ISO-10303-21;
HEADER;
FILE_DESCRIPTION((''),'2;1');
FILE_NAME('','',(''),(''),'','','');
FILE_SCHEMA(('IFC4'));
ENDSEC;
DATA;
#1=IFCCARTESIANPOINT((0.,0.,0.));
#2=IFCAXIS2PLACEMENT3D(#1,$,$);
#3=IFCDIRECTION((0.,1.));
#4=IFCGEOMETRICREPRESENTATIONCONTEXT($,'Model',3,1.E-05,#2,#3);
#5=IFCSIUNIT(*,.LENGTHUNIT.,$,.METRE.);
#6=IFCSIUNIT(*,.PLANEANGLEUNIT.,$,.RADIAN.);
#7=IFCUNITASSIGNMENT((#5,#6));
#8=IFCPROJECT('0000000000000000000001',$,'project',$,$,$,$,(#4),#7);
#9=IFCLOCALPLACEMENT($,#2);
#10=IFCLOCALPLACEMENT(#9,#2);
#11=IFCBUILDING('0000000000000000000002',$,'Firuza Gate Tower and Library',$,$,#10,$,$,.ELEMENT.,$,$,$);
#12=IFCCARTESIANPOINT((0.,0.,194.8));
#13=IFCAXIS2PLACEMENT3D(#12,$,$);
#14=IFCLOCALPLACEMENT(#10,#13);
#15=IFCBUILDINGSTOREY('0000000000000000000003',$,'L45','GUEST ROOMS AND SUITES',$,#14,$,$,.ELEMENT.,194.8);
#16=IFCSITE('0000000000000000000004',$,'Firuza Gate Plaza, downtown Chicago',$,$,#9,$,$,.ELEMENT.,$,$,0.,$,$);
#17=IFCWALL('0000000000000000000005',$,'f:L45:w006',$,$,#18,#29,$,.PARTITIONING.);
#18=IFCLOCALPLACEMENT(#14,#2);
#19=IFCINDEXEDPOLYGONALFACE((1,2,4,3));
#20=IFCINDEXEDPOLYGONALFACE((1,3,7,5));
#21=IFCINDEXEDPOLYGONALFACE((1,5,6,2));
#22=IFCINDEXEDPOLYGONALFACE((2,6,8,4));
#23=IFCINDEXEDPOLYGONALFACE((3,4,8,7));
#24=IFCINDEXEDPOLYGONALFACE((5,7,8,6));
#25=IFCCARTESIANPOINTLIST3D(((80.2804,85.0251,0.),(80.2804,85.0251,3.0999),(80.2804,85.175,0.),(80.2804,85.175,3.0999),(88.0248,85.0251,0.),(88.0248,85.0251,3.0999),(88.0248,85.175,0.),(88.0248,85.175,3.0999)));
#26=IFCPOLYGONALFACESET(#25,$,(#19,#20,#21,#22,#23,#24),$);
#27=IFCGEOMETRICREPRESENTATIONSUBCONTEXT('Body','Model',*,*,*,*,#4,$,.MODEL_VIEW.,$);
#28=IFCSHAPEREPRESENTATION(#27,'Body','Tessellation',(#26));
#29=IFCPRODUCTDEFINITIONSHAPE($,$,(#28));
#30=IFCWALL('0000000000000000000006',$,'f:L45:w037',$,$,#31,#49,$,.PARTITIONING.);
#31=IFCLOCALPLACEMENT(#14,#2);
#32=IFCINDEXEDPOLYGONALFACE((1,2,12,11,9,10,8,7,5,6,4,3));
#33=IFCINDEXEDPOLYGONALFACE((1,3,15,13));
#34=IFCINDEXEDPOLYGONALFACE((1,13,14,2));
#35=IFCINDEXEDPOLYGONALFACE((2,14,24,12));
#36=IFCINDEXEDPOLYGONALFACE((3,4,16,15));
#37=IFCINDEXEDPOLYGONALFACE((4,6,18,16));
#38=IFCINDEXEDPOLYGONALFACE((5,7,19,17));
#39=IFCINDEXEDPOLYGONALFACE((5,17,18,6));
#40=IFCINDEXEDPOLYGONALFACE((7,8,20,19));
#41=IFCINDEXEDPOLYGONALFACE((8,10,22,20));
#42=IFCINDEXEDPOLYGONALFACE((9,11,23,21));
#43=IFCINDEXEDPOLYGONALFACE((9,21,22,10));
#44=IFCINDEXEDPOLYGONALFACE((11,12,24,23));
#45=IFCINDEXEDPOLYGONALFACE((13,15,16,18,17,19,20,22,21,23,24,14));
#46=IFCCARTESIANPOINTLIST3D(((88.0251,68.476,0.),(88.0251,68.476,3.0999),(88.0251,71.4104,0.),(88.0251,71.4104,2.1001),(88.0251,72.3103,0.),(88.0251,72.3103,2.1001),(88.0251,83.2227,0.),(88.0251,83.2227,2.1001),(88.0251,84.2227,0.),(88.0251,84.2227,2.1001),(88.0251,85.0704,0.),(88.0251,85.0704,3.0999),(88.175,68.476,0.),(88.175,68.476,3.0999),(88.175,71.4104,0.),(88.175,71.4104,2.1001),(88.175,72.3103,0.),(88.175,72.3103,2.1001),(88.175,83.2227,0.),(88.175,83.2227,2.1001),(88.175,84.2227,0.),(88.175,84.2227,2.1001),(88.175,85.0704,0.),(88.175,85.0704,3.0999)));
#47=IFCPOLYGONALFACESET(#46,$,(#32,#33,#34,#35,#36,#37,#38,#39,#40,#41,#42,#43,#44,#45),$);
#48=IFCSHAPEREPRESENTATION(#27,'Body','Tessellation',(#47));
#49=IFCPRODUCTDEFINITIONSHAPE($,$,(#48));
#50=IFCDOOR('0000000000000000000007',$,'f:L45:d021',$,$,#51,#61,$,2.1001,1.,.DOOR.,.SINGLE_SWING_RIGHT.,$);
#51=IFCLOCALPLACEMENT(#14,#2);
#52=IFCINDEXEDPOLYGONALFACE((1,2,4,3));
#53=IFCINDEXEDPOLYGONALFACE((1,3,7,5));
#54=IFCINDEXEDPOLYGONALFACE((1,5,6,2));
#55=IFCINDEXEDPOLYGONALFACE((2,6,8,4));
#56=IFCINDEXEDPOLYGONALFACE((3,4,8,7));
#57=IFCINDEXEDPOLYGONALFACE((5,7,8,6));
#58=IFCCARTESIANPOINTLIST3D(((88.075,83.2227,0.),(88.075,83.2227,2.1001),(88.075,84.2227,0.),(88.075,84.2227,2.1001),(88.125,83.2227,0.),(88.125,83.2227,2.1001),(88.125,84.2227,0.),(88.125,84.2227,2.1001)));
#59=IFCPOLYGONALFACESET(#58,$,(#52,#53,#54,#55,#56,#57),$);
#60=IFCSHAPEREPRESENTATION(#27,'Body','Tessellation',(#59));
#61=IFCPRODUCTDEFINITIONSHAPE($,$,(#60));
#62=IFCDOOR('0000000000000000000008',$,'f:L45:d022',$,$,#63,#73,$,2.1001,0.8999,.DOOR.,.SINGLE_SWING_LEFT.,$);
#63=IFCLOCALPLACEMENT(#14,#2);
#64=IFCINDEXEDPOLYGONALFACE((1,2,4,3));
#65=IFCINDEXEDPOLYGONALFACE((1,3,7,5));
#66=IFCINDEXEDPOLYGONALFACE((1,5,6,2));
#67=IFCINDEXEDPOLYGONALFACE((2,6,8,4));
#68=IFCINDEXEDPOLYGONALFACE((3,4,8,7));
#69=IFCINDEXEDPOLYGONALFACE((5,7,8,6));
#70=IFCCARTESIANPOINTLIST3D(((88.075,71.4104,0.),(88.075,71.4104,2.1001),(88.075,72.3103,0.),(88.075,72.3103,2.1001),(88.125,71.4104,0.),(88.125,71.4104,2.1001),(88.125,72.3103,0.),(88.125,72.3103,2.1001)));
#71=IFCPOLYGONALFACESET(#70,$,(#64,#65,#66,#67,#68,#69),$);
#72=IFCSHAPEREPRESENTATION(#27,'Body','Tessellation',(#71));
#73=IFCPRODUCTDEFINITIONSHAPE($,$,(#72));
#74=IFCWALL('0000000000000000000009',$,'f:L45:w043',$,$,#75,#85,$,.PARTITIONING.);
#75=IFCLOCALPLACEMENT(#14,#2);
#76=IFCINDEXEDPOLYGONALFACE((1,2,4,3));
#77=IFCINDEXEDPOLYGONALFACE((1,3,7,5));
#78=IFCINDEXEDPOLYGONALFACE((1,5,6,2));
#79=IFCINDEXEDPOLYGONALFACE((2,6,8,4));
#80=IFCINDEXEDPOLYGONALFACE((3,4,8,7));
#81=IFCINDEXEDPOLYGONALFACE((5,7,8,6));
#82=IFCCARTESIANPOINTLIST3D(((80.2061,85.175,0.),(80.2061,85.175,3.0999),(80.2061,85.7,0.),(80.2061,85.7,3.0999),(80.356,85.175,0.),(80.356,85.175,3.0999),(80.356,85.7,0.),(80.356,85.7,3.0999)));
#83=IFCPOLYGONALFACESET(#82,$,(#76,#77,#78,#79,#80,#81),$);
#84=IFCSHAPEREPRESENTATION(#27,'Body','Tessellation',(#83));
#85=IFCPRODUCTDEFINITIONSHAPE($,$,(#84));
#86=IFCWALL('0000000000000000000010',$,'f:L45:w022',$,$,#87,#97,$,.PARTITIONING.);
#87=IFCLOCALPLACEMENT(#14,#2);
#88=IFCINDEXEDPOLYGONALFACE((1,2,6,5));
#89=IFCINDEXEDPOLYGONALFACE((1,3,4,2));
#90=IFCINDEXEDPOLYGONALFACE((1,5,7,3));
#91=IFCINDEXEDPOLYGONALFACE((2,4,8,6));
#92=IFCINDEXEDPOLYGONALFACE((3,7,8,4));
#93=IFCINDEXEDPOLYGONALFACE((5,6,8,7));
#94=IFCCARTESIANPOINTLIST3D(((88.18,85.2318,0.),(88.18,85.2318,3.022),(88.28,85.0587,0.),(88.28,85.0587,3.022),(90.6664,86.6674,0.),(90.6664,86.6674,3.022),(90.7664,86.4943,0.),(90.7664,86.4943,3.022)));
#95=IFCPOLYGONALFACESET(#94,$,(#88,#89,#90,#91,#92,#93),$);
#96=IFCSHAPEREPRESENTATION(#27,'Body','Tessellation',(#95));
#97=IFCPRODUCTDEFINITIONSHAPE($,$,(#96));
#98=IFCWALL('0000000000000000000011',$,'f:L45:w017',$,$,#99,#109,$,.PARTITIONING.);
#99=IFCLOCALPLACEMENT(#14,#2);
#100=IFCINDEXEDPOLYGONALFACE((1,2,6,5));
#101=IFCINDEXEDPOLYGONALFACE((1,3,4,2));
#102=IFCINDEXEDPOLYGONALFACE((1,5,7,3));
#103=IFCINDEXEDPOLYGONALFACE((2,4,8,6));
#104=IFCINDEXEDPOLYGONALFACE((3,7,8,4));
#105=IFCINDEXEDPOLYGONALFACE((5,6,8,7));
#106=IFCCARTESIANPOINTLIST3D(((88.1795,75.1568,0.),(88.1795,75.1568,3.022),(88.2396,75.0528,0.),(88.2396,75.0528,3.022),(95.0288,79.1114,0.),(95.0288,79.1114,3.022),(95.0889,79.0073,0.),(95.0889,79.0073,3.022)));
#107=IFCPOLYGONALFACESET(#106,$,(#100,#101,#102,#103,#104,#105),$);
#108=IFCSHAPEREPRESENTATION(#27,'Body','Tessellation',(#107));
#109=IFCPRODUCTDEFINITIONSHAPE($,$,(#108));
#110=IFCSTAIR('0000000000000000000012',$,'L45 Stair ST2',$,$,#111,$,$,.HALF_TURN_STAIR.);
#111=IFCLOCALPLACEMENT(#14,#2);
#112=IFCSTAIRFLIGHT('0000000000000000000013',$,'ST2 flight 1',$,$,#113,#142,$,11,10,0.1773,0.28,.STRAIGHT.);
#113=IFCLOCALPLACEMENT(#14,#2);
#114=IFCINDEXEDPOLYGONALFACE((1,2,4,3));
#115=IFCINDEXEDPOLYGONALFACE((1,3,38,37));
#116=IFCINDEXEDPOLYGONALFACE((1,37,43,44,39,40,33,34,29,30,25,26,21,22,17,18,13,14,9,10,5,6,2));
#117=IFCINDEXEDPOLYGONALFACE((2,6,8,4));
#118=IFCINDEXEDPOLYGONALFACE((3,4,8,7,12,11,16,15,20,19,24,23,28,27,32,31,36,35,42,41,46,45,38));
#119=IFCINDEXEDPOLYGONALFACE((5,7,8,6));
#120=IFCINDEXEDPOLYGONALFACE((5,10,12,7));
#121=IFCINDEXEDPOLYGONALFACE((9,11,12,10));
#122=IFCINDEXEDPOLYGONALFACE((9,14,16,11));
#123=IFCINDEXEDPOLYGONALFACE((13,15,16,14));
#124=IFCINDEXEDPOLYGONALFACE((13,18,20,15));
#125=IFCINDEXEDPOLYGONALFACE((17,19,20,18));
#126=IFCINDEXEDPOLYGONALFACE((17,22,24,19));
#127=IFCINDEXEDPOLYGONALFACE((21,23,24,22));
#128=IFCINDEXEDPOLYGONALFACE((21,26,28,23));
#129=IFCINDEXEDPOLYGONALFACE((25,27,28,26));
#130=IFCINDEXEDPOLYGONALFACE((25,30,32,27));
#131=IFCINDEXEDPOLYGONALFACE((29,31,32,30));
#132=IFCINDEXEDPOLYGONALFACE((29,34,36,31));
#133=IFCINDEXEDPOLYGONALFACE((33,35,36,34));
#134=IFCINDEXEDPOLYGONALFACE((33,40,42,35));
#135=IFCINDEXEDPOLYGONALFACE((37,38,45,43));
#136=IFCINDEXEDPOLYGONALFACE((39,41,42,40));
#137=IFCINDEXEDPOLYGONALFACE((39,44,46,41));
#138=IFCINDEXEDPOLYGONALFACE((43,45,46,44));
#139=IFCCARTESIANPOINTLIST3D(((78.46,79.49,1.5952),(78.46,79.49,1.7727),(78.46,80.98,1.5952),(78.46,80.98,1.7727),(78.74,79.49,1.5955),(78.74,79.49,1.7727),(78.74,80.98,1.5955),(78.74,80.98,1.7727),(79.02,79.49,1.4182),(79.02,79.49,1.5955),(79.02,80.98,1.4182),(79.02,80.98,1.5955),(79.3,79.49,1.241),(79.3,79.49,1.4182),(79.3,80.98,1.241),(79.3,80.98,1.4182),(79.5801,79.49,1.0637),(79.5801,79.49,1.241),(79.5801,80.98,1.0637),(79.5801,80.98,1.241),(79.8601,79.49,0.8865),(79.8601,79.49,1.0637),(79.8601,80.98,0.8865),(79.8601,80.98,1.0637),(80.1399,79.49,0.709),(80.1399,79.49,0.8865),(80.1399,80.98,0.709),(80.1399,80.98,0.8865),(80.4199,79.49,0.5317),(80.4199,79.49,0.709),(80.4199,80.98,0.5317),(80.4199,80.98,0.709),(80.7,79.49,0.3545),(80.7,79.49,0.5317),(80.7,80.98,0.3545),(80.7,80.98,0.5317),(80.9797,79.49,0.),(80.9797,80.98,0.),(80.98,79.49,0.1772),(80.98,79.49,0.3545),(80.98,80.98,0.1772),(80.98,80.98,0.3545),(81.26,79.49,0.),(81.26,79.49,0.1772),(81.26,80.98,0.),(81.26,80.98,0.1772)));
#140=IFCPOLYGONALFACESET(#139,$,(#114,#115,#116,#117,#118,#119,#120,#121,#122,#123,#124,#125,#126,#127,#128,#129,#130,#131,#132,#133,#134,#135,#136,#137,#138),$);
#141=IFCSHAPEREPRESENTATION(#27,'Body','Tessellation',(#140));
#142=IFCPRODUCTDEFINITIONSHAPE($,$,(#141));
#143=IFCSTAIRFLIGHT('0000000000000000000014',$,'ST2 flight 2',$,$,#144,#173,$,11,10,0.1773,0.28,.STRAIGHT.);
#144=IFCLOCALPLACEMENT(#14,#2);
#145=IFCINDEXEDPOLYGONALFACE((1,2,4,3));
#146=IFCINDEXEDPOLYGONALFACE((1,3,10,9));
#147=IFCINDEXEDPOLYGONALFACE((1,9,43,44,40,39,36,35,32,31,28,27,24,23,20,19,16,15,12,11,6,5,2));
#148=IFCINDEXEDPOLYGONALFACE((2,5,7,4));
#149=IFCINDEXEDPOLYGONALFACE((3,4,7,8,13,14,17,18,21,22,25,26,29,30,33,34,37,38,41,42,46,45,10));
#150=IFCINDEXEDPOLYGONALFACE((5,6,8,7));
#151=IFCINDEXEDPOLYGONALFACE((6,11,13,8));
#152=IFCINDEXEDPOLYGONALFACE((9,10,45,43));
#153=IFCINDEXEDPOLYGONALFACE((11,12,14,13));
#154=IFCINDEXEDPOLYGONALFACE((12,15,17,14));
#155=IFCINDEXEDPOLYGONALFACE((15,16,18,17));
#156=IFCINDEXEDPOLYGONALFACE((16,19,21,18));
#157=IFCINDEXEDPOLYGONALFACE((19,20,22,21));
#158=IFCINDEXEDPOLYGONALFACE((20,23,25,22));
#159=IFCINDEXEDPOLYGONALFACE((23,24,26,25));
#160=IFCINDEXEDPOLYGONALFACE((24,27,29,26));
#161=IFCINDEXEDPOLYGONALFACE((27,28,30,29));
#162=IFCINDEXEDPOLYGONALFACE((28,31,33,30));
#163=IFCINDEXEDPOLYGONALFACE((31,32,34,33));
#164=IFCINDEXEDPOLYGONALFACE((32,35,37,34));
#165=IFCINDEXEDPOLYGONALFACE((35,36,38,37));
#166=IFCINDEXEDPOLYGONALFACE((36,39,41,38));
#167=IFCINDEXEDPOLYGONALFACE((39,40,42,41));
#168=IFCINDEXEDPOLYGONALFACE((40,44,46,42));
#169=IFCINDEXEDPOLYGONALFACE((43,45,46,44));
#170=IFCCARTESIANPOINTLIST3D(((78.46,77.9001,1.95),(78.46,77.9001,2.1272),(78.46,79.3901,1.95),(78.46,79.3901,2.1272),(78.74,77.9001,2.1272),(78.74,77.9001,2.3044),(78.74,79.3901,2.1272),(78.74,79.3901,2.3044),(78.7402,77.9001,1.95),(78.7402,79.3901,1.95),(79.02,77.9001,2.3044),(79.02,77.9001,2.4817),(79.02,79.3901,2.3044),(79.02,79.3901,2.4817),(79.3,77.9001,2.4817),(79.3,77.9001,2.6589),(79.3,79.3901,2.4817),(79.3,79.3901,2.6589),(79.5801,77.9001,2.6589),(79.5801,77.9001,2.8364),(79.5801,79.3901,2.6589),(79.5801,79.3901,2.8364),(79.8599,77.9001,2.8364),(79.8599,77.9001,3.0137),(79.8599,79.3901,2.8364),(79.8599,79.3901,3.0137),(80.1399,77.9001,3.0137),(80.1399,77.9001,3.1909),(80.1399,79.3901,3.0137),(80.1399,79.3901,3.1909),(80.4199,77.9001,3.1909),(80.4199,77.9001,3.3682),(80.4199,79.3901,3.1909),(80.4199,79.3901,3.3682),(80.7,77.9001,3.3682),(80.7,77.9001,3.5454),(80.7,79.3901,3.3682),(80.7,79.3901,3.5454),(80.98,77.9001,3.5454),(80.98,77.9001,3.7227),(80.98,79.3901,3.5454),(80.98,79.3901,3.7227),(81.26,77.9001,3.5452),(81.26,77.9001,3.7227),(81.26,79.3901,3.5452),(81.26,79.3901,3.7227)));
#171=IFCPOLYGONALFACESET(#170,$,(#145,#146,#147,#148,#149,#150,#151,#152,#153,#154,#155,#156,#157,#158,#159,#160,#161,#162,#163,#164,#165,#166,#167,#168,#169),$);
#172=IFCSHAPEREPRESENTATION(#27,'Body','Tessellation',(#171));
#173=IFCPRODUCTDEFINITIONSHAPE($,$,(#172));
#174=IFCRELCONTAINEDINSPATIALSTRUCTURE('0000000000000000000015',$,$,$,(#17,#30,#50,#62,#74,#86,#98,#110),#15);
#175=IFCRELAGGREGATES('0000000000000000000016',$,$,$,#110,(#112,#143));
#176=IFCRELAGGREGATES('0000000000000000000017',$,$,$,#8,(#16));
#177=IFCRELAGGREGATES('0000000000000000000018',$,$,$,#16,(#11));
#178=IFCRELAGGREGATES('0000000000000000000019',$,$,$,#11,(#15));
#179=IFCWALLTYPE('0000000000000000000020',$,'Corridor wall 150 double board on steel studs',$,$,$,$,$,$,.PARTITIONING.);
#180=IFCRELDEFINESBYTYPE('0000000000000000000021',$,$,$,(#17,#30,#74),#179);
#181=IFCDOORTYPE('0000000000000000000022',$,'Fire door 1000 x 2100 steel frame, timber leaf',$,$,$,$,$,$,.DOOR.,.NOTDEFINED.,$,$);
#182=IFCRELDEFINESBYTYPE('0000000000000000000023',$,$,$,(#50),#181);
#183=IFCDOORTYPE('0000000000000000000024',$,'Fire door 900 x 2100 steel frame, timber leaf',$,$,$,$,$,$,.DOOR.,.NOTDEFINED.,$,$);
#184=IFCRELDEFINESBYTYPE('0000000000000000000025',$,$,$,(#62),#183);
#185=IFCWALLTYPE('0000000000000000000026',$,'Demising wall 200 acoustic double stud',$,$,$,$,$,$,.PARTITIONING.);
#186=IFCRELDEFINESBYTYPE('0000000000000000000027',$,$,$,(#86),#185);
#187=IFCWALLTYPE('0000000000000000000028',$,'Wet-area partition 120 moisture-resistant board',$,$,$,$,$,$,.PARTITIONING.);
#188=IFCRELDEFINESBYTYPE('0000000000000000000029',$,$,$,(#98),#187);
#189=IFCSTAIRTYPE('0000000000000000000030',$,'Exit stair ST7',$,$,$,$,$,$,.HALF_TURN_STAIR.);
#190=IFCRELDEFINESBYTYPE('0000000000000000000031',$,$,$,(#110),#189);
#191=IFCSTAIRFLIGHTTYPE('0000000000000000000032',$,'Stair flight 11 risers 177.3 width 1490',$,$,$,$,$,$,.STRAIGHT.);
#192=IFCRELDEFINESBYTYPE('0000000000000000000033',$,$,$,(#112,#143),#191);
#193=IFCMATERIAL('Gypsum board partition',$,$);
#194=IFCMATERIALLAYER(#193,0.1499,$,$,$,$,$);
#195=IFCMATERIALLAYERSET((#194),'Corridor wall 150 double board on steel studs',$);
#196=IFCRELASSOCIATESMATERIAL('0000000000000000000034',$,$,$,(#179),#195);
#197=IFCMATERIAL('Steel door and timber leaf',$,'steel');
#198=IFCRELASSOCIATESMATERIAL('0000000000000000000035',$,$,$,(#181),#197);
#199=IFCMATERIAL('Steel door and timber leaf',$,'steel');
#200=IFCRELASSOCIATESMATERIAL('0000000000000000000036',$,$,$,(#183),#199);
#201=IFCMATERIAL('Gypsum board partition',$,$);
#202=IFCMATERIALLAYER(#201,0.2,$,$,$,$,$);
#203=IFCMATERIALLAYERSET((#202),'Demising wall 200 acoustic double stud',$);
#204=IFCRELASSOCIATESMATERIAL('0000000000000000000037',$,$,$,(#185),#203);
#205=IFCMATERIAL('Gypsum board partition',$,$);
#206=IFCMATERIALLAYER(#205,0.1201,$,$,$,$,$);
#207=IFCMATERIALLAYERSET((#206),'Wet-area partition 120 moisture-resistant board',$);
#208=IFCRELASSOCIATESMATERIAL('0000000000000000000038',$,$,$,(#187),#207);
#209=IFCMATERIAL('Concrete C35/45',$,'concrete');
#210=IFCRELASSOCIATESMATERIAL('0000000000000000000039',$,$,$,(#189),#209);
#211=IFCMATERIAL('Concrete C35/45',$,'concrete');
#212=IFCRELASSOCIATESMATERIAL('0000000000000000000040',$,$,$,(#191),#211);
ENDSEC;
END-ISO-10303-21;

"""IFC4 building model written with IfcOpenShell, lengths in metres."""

from ifc_helpers import new_model, si_unit, direction, frame, frame_2d, origin, place, context, subcontext, project, spatial, polyline, rectangle, outline, extrude, material, layer, layer_set, type_object, element, fill, aggregate, save


model = new_model("IFC4")

# Units and contexts
model_context = context("Model", 3, precision=1e-05, world=origin(), true_north=direction((0.0, 1.0)))
body_context = subcontext(model_context, "Body", "Model", "MODEL_VIEW")
ifc_project = project(units=[si_unit("LENGTHUNIT", "METRE"), si_unit("PLANEANGLEUNIT", "RADIAN")], contexts=[model_context])

# Site, building, storey
site_placement = place(None, origin())
site = spatial("IfcSite", under=ifc_project, at=site_placement, Name="Firuza Gate Plaza, downtown Chicago", CompositionType="ELEMENT", RefElevation=0.0)
building_placement = place(site_placement, origin())
building = spatial("IfcBuilding", under=site, at=building_placement, Name="Firuza Gate Tower and Library", CompositionType="ELEMENT")
storey_placement = place(building_placement, frame((0.0, 0.0, 194.8)))
storey = spatial("IfcBuildingStorey", under=building, at=storey_placement, Name="L45", Description="GUEST ROOMS AND SUITES", CompositionType="ELEMENT", Elevation=194.8)

# Wall
ifc_material_1 = material(Name="Gypsum board partition")
ifc_layer_1 = layer(ifc_material_1, 0.1499)
ifc_layer_set_1 = layer_set([ifc_layer_1], Name="Corridor wall 150 double board on steel studs")
wall_type_1 = type_object("IfcWallType", Name="Corridor wall 150 double board on steel studs", PredefinedType="PARTITIONING", material=ifc_layer_set_1)
wall_1_placement = place(storey_placement, frame((80.2805, 85.1001, 0.0), z_axis=(0.0, 0.0, 1.0), x_axis=(1.0, 0.0, 0.0)))
element("IfcWall", 1, at=wall_1_placement, inside=storey, type_object=wall_type_1, Name="f:L45:w006", PredefinedType="PARTITIONING", context=body_context, shape_type="SweptSolid", body=[
    extrude(rectangle(XDim=7.7444, YDim=0.1499, at=frame_2d((3.8721, 0.0))), origin(), (0.0, 0.0, 1.0), 3.0999),
])

# Wall, openings, doors
wall_2_placement = place(storey_placement, frame((88.1001, 85.0706, 0.0), z_axis=(0.0, 0.0, 1.0), x_axis=(0.0, -1.0, 0.0)))
wall_2 = element("IfcWall", 2, at=wall_2_placement, inside=storey, type_object=wall_type_1, Name="f:L45:w037", PredefinedType="PARTITIONING", context=body_context, shape_type="SweptSolid", body=[
    extrude(rectangle(XDim=16.5945, YDim=0.1499, at=frame_2d((8.2974, 0.0))), origin(), (0.0, 0.0, 1.0), 3.0999),
])
opening_1_placement = place(wall_2_placement, frame((0.8479, 0.0, 0.0)))
opening_1 = element("IfcOpeningElement", 3, at=opening_1_placement, cuts=wall_2, PredefinedType="OPENING", context=body_context, shape_type="SweptSolid", body=[
    extrude(rectangle(XDim=1.0, YDim=2.1001, at=frame_2d((0.5, 1.05))), frame((0.0, 0.085, 0.0), z_axis=(0.0, -1.0, 0.0), x_axis=(1.0, 0.0, 0.0)), (0.0, 0.0, 1.0), 0.1699),
])
opening_2_placement = place(wall_2_placement, frame((12.7603, 0.0, 0.0)))
opening_2 = element("IfcOpeningElement", 4, at=opening_2_placement, cuts=wall_2, PredefinedType="OPENING", context=body_context, shape_type="SweptSolid", body=[
    extrude(rectangle(XDim=0.8999, YDim=2.1001, at=frame_2d((0.45, 1.05))), frame((0.0, 0.085, 0.0), z_axis=(0.0, -1.0, 0.0), x_axis=(1.0, 0.0, 0.0)), (0.0, 0.0, 1.0), 0.1699),
])
ifc_material_2 = material(Name="Steel door and timber leaf", Category="steel")
door_type_1 = type_object("IfcDoorType", Name="Fire door 1000 x 2100 steel frame, timber leaf", OperationType="NOTDEFINED", PredefinedType="DOOR", material=ifc_material_2)
door_1_placement = place(opening_1_placement, origin())
door_1 = element("IfcDoor", 5, at=door_1_placement, inside=storey, type_object=door_type_1, Name="f:L45:d021", OperationType="SINGLE_SWING_RIGHT", OverallHeight=2.1001, OverallWidth=1.0, PredefinedType="DOOR", context=body_context, shape_type="SweptSolid", body=[
    extrude(rectangle(XDim=1.0, YDim=2.1001, at=frame_2d((0.5, 1.05))), frame((0.0, 0.0249, 0.0), z_axis=(0.0, -1.0, 0.0), x_axis=(1.0, 0.0, 0.0)), (0.0, 0.0, 1.0), 0.05),
])
fill(opening_1, door_1)
ifc_material_3 = material(Name="Steel door and timber leaf", Category="steel")
door_type_2 = type_object("IfcDoorType", Name="Fire door 900 x 2100 steel frame, timber leaf", OperationType="NOTDEFINED", PredefinedType="DOOR", material=ifc_material_3)
door_2_placement = place(opening_2_placement, origin())
door_2 = element("IfcDoor", 6, at=door_2_placement, inside=storey, type_object=door_type_2, Name="f:L45:d022", OperationType="SINGLE_SWING_LEFT", OverallHeight=2.1001, OverallWidth=0.8999, PredefinedType="DOOR", context=body_context, shape_type="SweptSolid", body=[
    extrude(rectangle(XDim=0.8999, YDim=2.1001, at=frame_2d((0.45, 1.05))), frame((0.0, 0.0249, 0.0), z_axis=(0.0, -1.0, 0.0), x_axis=(1.0, 0.0, 0.0)), (0.0, 0.0, 1.0), 0.05),
])
fill(opening_2, door_2)

# Walls
wall_3_placement = place(storey_placement, frame((80.281, 85.175, 0.0), z_axis=(0.0, 0.0, 1.0), x_axis=(0.0, 1.0, 0.0)))
element("IfcWall", 7, at=wall_3_placement, inside=storey, type_object=wall_type_1, Name="f:L45:w043", PredefinedType="PARTITIONING", context=body_context, shape_type="SweptSolid", body=[
    extrude(rectangle(XDim=0.5249, YDim=0.1499, at=frame_2d((0.2625, 0.0))), origin(), (0.0, 0.0, 1.0), 3.0999),
])
ifc_material_4 = material(Name="Gypsum board partition")
ifc_layer_2 = layer(ifc_material_4, 0.2)
ifc_layer_set_2 = layer_set([ifc_layer_2], Name="Demising wall 200 acoustic double stud")
wall_type_2 = type_object("IfcWallType", Name="Demising wall 200 acoustic double stud", PredefinedType="PARTITIONING", material=ifc_layer_set_2)
wall_4_placement = place(storey_placement, frame((88.23, 85.1453, 0.0), z_axis=(0.0, 0.0, 1.0), x_axis=(0.866016, 0.500017, 0.0)))
element("IfcWall", 8, at=wall_4_placement, inside=storey, type_object=wall_type_2, Name="f:L45:w022", PredefinedType="PARTITIONING", context=body_context, shape_type="SweptSolid", body=[
    extrude(rectangle(XDim=2.8711, YDim=0.2, at=frame_2d((1.4355, 0.0))), origin(), (0.0, 0.0, 1.0), 3.022),
])
ifc_material_5 = material(Name="Gypsum board partition")
ifc_layer_3 = layer(ifc_material_5, 0.1201)
ifc_layer_set_3 = layer_set([ifc_layer_3], Name="Wet-area partition 120 moisture-resistant board")
wall_type_3 = type_object("IfcWallType", Name="Wet-area partition 120 moisture-resistant board", PredefinedType="PARTITIONING", material=ifc_layer_set_3)
wall_5_placement = place(storey_placement, frame((88.2095, 75.1047, 0.0), z_axis=(0.0, 0.0, 1.0), x_axis=(0.86602, 0.50001, 0.0)))
element("IfcWall", 9, at=wall_5_placement, inside=storey, type_object=wall_type_3, Name="f:L45:w017", PredefinedType="PARTITIONING", context=body_context, shape_type="SweptSolid", body=[
    extrude(rectangle(XDim=7.9089, YDim=0.1201, at=frame_2d((3.9546, 0.0))), origin(), (0.0, 0.0, 1.0), 3.022),
])

# Stair, stair flights
ifc_material_6 = material(Name="Concrete C35/45", Category="concrete")
stair_type = type_object("IfcStairType", Name="Exit stair ST7", PredefinedType="HALF_TURN_STAIR", material=ifc_material_6)
stair_placement = place(storey_placement, origin())
stair = element("IfcStair", 10, at=stair_placement, inside=storey, type_object=stair_type, Name="L45 Stair ST2", PredefinedType="HALF_TURN_STAIR")
ifc_material_7 = material(Name="Concrete C35/45", Category="concrete")
stair_flight_type = type_object("IfcStairFlightType", Name="Stair flight 11 risers 177.3 width 1490", PredefinedType="STRAIGHT", material=ifc_material_7)
stair_flight_1_placement = place(storey_placement, frame((81.26, 80.2351, 0.0), z_axis=(0.0, 0.0, 1.0), x_axis=(-1.0, 0.0, 0.0)))
stair_flight_1 = element("IfcStairFlight", 11, at=stair_flight_1_placement, type_object=stair_flight_type, Name="ST2 flight 1", NumberOfRisers=11, NumberOfTreads=10, PredefinedType="STRAIGHT", RiserHeight=0.1773, TreadLength=0.28, context=body_context, shape_type="SweptSolid", body=[
    extrude(outline(polyline([(0.0, 0.0), (0.0, 0.1772), (0.28, 0.1772), (0.28, 0.3545), (0.5601, 0.3545), (0.5601, 0.5317), (0.8401, 0.5317), (0.8401, 0.709), (1.1201, 0.709), (1.1201, 0.8865), (1.3999, 0.8865), (1.3999, 1.0637), (1.6799, 1.0637), (1.6799, 1.241), (1.96, 1.241), (1.96, 1.4182), (2.24, 1.4182), (2.24, 1.5955), (2.52, 1.5955), (2.52, 1.7727), (2.8, 1.7727), (2.8, 1.95), (2.8, 1.5952), (0.2803, 0.0), (0.0, 0.0)])), frame((0.0, 0.7451, 0.0), z_axis=(0.0, -1.0, 0.0), x_axis=(1.0, 0.0, 0.0)), (0.0, 0.0, 1.0), 1.49),
])
stair_flight_2_placement = place(storey_placement, frame((78.46, 78.645, 1.95), z_axis=(0.0, 0.0, 1.0), x_axis=(1.0, 0.0, 0.0)))
stair_flight_2 = element("IfcStairFlight", 12, at=stair_flight_2_placement, type_object=stair_flight_type, Name="ST2 flight 2", NumberOfRisers=11, NumberOfTreads=10, PredefinedType="STRAIGHT", RiserHeight=0.1773, TreadLength=0.28, context=body_context, shape_type="SweptSolid", body=[
    extrude(outline(polyline([(0.0, 0.0), (0.0, 0.1772), (0.28, 0.1772), (0.28, 0.3545), (0.5601, 0.3545), (0.5601, 0.5317), (0.8401, 0.5317), (0.8401, 0.709), (1.1201, 0.709), (1.1201, 0.8865), (1.3999, 0.8865), (1.3999, 1.0637), (1.6799, 1.0637), (1.6799, 1.241), (1.96, 1.241), (1.96, 1.4182), (2.24, 1.4182), (2.24, 1.5955), (2.52, 1.5955), (2.52, 1.7727), (2.8, 1.7727), (2.8, 1.95), (2.8, 1.5952), (0.2803, 0.0), (0.0, 0.0)])), frame((0.0, 0.7451, 0.0), z_axis=(0.0, -1.0, 0.0), x_axis=(1.0, 0.0, 0.0)), (0.0, 0.0, 1.0), 1.49),
])
aggregate(stair, [stair_flight_1, stair_flight_2])

save(model, "model.ifc")
